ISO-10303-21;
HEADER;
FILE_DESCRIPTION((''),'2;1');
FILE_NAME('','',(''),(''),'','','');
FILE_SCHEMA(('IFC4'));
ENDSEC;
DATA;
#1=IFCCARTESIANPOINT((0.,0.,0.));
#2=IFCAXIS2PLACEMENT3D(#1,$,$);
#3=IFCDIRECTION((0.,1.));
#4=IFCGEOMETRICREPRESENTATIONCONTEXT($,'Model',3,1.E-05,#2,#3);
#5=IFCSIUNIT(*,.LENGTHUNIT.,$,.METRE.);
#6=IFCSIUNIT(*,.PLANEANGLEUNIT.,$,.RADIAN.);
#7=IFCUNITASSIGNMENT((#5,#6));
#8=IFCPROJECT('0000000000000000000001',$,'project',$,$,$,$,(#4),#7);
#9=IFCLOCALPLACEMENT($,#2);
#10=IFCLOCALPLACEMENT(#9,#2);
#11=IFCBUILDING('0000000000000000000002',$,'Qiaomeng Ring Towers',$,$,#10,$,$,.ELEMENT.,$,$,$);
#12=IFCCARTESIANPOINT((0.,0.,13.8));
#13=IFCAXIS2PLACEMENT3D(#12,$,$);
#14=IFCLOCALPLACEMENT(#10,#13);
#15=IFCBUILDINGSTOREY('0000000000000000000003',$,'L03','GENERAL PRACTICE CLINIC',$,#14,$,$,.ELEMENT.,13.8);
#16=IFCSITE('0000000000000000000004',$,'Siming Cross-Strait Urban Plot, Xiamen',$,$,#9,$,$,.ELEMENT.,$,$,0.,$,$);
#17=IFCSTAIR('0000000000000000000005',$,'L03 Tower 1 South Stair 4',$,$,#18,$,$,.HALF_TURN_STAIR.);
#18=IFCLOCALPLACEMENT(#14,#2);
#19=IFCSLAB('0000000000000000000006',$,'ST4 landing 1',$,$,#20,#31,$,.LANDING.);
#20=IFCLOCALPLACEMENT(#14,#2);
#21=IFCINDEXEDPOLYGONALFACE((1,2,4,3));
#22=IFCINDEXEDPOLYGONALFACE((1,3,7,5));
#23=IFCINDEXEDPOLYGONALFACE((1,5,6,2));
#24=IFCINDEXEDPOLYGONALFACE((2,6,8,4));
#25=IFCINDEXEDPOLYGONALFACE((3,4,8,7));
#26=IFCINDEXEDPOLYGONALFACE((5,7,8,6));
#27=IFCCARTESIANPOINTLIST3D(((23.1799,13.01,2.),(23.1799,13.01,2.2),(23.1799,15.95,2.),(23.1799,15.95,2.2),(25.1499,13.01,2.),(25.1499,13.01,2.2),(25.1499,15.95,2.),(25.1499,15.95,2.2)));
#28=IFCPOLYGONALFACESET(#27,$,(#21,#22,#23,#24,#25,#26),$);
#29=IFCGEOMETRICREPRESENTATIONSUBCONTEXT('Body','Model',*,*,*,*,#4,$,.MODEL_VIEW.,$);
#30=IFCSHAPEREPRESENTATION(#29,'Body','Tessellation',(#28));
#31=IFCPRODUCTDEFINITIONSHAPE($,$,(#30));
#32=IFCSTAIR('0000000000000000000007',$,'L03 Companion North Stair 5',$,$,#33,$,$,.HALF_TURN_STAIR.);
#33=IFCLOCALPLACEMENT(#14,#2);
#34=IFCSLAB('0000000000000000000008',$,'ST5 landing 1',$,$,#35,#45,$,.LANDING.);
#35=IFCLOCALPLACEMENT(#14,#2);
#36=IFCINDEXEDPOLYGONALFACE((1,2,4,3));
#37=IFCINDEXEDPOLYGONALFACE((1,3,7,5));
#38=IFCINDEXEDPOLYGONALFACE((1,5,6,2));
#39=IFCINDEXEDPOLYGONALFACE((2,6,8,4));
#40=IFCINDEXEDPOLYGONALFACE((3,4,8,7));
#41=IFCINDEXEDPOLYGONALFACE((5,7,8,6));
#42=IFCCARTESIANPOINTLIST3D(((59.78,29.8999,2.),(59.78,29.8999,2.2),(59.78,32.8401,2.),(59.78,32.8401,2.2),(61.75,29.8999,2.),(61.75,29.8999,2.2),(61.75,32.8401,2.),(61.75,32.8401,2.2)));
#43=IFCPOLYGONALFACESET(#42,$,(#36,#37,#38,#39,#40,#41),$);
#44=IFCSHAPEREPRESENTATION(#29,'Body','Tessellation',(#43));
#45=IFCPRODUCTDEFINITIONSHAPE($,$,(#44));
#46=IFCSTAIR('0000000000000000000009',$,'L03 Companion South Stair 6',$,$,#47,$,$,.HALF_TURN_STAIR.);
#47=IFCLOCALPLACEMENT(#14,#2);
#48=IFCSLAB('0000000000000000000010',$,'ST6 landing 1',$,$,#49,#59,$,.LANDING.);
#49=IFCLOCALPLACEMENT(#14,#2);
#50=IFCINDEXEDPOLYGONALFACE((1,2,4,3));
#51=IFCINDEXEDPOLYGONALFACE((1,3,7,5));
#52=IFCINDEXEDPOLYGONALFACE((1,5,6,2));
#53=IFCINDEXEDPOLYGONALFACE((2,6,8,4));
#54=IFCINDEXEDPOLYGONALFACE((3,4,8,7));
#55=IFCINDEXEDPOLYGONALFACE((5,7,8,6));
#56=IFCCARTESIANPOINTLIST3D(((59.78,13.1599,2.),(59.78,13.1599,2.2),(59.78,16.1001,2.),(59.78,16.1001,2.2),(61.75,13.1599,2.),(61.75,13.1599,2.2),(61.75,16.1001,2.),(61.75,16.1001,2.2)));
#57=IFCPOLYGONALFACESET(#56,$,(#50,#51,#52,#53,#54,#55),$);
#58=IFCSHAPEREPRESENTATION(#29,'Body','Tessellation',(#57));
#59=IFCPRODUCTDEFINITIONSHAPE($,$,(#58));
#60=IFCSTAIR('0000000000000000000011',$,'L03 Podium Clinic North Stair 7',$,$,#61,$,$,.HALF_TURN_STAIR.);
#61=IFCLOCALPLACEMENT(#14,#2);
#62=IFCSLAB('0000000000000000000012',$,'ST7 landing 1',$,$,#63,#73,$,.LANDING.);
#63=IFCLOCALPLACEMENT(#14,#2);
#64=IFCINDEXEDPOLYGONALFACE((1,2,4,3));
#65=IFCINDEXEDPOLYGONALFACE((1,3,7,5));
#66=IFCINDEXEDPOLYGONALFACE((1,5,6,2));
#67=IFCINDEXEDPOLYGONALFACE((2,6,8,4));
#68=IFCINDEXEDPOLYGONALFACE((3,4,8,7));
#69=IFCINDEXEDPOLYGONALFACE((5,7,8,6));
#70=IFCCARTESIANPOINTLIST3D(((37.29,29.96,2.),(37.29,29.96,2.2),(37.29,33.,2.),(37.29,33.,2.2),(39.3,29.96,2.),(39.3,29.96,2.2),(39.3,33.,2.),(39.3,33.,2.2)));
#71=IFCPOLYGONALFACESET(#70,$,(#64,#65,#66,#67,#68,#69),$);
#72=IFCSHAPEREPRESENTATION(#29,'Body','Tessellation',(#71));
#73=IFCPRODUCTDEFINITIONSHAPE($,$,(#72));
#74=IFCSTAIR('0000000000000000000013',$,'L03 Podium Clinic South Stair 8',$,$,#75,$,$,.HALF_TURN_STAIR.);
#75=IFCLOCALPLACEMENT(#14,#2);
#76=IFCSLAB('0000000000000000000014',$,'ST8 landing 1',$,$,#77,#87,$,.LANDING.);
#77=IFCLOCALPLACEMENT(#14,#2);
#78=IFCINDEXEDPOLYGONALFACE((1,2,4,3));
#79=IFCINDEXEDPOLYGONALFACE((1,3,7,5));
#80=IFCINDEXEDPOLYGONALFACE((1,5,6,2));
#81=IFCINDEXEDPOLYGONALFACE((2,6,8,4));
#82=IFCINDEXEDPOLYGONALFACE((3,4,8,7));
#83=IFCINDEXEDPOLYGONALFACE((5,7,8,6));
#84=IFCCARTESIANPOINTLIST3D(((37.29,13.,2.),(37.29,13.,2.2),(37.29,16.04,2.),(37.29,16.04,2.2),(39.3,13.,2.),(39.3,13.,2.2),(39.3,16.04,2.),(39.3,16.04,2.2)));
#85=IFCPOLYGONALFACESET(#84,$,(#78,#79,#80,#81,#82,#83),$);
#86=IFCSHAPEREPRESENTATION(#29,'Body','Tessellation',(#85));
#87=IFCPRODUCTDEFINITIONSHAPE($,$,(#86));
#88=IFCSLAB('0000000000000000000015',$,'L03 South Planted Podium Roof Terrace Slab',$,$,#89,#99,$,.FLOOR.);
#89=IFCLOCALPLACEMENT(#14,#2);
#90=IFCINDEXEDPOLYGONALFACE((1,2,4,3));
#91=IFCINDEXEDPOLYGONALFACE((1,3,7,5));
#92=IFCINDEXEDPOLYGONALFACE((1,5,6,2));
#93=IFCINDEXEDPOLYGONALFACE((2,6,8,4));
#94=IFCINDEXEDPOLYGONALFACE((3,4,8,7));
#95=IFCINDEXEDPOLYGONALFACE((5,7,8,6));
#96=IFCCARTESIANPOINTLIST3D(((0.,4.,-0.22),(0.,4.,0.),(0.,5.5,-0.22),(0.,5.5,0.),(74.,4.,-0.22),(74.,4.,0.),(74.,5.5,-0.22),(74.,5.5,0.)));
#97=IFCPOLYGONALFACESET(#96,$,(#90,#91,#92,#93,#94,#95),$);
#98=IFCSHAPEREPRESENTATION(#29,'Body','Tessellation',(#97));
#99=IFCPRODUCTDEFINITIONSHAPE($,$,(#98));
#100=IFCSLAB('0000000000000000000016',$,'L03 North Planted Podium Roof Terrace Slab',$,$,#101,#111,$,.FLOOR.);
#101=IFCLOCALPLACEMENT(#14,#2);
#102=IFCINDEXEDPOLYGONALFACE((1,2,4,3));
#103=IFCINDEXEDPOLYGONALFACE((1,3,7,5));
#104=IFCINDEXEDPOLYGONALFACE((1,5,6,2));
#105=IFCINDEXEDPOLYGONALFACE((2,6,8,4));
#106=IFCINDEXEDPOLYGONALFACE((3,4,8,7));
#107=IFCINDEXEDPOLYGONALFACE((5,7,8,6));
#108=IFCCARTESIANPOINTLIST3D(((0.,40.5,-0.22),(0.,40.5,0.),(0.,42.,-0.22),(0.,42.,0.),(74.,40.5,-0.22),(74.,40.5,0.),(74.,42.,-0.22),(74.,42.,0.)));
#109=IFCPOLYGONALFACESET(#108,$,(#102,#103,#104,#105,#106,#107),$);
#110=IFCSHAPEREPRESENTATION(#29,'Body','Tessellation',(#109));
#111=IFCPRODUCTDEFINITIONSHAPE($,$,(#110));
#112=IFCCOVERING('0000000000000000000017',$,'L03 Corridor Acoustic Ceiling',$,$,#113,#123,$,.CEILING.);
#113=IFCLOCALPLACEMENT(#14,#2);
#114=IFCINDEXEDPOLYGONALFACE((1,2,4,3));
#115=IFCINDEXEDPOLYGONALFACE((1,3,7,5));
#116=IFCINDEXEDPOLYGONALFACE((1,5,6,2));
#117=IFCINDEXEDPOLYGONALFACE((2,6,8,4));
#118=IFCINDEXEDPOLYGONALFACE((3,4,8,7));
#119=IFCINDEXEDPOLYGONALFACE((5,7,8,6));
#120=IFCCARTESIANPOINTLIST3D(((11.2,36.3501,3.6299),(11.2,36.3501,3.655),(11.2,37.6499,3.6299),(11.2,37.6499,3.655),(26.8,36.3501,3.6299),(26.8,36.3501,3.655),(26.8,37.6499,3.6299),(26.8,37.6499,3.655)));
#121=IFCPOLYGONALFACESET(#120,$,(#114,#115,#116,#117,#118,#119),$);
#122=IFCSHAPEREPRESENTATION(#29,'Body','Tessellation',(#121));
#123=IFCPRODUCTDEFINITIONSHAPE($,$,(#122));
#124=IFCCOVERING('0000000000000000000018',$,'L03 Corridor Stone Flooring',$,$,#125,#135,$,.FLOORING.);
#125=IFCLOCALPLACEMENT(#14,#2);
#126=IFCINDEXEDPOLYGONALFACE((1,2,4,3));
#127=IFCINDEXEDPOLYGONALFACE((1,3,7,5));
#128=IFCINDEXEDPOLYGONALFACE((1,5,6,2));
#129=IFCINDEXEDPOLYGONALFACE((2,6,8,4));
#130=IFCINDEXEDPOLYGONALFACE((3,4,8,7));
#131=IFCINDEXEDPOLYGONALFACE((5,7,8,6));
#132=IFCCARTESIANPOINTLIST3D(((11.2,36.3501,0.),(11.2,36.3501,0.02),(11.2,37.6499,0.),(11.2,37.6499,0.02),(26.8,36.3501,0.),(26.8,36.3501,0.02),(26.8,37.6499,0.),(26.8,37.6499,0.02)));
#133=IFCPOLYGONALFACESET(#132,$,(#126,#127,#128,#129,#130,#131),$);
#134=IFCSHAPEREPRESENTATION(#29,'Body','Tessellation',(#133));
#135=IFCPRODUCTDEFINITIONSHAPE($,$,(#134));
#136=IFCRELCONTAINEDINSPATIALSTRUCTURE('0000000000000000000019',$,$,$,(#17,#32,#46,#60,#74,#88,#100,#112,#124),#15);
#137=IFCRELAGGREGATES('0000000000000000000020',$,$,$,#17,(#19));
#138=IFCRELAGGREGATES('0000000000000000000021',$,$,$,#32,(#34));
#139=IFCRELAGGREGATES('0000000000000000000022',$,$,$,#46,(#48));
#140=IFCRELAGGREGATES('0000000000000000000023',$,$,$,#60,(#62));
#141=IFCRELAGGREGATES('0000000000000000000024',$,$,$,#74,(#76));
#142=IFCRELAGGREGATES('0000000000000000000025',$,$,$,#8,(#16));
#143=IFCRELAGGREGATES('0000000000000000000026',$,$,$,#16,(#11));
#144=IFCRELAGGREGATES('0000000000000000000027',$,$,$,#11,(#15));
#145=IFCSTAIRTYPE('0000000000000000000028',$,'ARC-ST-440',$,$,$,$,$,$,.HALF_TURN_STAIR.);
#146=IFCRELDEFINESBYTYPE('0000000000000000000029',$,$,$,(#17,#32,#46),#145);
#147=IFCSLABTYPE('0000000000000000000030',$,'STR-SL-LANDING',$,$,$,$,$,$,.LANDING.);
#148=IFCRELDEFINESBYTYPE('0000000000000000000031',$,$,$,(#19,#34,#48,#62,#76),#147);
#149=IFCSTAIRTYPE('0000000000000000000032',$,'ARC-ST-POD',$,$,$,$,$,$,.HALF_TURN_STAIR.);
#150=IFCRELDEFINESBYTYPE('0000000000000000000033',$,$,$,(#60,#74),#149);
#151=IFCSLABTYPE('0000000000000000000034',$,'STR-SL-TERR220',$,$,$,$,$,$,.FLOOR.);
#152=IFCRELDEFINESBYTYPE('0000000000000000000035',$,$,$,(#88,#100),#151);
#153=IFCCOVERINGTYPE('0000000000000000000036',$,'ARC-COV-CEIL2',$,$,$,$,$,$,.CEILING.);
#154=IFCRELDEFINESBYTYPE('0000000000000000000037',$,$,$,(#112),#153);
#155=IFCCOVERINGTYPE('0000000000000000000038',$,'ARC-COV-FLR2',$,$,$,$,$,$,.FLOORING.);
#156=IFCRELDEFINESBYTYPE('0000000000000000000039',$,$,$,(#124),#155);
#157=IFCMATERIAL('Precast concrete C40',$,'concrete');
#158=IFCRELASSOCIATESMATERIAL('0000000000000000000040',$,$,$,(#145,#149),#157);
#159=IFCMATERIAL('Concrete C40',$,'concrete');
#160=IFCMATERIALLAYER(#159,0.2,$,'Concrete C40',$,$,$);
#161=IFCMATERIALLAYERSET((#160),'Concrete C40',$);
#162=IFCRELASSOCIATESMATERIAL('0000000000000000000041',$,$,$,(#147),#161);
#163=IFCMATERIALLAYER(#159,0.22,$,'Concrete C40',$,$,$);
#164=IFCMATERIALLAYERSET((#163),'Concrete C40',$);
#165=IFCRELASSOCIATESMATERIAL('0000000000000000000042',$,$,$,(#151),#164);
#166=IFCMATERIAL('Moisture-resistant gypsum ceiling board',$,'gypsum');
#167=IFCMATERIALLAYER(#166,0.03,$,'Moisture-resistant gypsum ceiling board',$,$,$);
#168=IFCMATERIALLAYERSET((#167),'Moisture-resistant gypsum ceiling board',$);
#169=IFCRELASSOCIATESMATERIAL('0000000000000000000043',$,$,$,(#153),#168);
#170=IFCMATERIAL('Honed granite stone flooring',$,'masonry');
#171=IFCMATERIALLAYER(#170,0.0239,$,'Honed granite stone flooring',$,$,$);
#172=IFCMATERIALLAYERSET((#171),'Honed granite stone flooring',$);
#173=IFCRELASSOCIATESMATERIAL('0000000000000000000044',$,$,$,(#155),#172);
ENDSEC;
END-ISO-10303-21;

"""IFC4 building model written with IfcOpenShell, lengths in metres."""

from ifc_helpers import new_model, si_unit, direction, frame, origin, place, context, subcontext, project, spatial, polyline, outline, extrude, material, layer, layer_set, type_object, element, aggregate, save


model = new_model("IFC4")

# Units and contexts
model_context = context("Model", 3, precision=1e-05, world=origin(), true_north=direction((0.0, 1.0)))
body_context = subcontext(model_context, "Body", "Model", "MODEL_VIEW")
ifc_project = project(units=[si_unit("LENGTHUNIT", "METRE"), si_unit("PLANEANGLEUNIT", "RADIAN")], contexts=[model_context])

# Site, building, storey
site_placement = place(None, origin())
site = spatial("IfcSite", under=ifc_project, at=site_placement, Name="Siming Cross-Strait Urban Plot, Xiamen", CompositionType="ELEMENT", RefElevation=0.0)
building_placement = place(site_placement, origin())
building = spatial("IfcBuilding", under=site, at=building_placement, Name="Qiaomeng Ring Towers", CompositionType="ELEMENT")
storey_placement = place(building_placement, frame((0.0, 0.0, 13.8)))
storey = spatial("IfcBuildingStorey", under=building, at=storey_placement, Name="L03", Description="GENERAL PRACTICE CLINIC", CompositionType="ELEMENT", Elevation=13.8)

# Shared definitions
ifc_material_1 = material(Name="Concrete C40", Category="concrete")

# Stairs, slabs
ifc_material_2 = material(Name="Precast concrete C40", Category="concrete")
stair_type_1 = type_object("IfcStairType", Name="ARC-ST-440", PredefinedType="HALF_TURN_STAIR", material=ifc_material_2)
ifc_layer_1 = layer(ifc_material_1, 0.2, Name="Concrete C40")
ifc_layer_set_1 = layer_set([ifc_layer_1], Name="Concrete C40")
slab_type_1 = type_object("IfcSlabType", Name="STR-SL-LANDING", PredefinedType="LANDING", material=ifc_layer_set_1)
stair_1_placement = place(storey_placement, origin())
stair_1 = element("IfcStair", 1, at=stair_1_placement, inside=storey, type_object=stair_type_1, Name="L03 Tower 1 South Stair 4", PredefinedType="HALF_TURN_STAIR")
slab_1_placement = place(storey_placement, frame((0.0, 0.0, 2.0)))
slab_1 = element("IfcSlab", 2, at=slab_1_placement, type_object=slab_type_1, Name="ST4 landing 1", PredefinedType="LANDING", context=body_context, shape_type="SweptSolid", body=[
    extrude(outline(polyline([(23.1799, 13.01), (25.1499, 13.01), (25.1499, 15.95), (23.1799, 15.95), (23.1799, 13.01)])), origin(), (0.0, 0.0, 1.0), 0.2),
])
aggregate(stair_1, [slab_1])
stair_2_placement = place(storey_placement, origin())
stair_2 = element("IfcStair", 3, at=stair_2_placement, inside=storey, type_object=stair_type_1, Name="L03 Companion North Stair 5", PredefinedType="HALF_TURN_STAIR")
slab_2_placement = place(storey_placement, frame((0.0, 0.0, 2.0)))
slab_2 = element("IfcSlab", 4, at=slab_2_placement, type_object=slab_type_1, Name="ST5 landing 1", PredefinedType="LANDING", context=body_context, shape_type="SweptSolid", body=[
    extrude(outline(polyline([(59.78, 29.8999), (61.75, 29.8999), (61.75, 32.8401), (59.78, 32.8401), (59.78, 29.8999)])), origin(), (0.0, 0.0, 1.0), 0.2),
])
aggregate(stair_2, [slab_2])
stair_3_placement = place(storey_placement, origin())
stair_3 = element("IfcStair", 5, at=stair_3_placement, inside=storey, type_object=stair_type_1, Name="L03 Companion South Stair 6", PredefinedType="HALF_TURN_STAIR")
slab_3_placement = place(storey_placement, frame((0.0, 0.0, 2.0)))
slab_3 = element("IfcSlab", 6, at=slab_3_placement, type_object=slab_type_1, Name="ST6 landing 1", PredefinedType="LANDING", context=body_context, shape_type="SweptSolid", body=[
    extrude(outline(polyline([(59.78, 13.1599), (61.75, 13.1599), (61.75, 16.1001), (59.78, 16.1001), (59.78, 13.1599)])), origin(), (0.0, 0.0, 1.0), 0.2),
])
aggregate(stair_3, [slab_3])
stair_type_2 = type_object("IfcStairType", Name="ARC-ST-POD", PredefinedType="HALF_TURN_STAIR", material=ifc_material_2)
stair_4_placement = place(storey_placement, origin())
stair_4 = element("IfcStair", 7, at=stair_4_placement, inside=storey, type_object=stair_type_2, Name="L03 Podium Clinic North Stair 7", PredefinedType="HALF_TURN_STAIR")
slab_4_placement = place(storey_placement, frame((0.0, 0.0, 2.0)))
slab_4 = element("IfcSlab", 8, at=slab_4_placement, type_object=slab_type_1, Name="ST7 landing 1", PredefinedType="LANDING", context=body_context, shape_type="SweptSolid", body=[
    extrude(outline(polyline([(37.29, 29.96), (39.3, 29.96), (39.3, 33.0), (37.29, 33.0), (37.29, 29.96)])), origin(), (0.0, 0.0, 1.0), 0.2),
])
aggregate(stair_4, [slab_4])
stair_5_placement = place(storey_placement, origin())
stair_5 = element("IfcStair", 9, at=stair_5_placement, inside=storey, type_object=stair_type_2, Name="L03 Podium Clinic South Stair 8", PredefinedType="HALF_TURN_STAIR")
slab_5_placement = place(storey_placement, frame((0.0, 0.0, 2.0)))
slab_5 = element("IfcSlab", 10, at=slab_5_placement, type_object=slab_type_1, Name="ST8 landing 1", PredefinedType="LANDING", context=body_context, shape_type="SweptSolid", body=[
    extrude(outline(polyline([(37.29, 13.0), (39.3, 13.0), (39.3, 16.04), (37.29, 16.04), (37.29, 13.0)])), origin(), (0.0, 0.0, 1.0), 0.2),
])
aggregate(stair_5, [slab_5])

# Slabs
ifc_layer_2 = layer(ifc_material_1, 0.22, Name="Concrete C40")
ifc_layer_set_2 = layer_set([ifc_layer_2], Name="Concrete C40")
slab_type_2 = type_object("IfcSlabType", Name="STR-SL-TERR220", PredefinedType="FLOOR", material=ifc_layer_set_2)
slab_6_placement = place(storey_placement, frame((0.0, 0.0, -0.22)))
element("IfcSlab", 11, at=slab_6_placement, inside=storey, type_object=slab_type_2, Name="L03 South Planted Podium Roof Terrace Slab", PredefinedType="FLOOR", context=body_context, shape_type="SweptSolid", body=[
    extrude(outline(polyline([(0.0, 4.0), (74.0, 4.0), (74.0, 5.5), (0.0, 5.5), (0.0, 4.0)])), origin(), (0.0, 0.0, 1.0), 0.22),
])
slab_7_placement = place(storey_placement, frame((0.0, 0.0, -0.22)))
element("IfcSlab", 12, at=slab_7_placement, inside=storey, type_object=slab_type_2, Name="L03 North Planted Podium Roof Terrace Slab", PredefinedType="FLOOR", context=body_context, shape_type="SweptSolid", body=[
    extrude(outline(polyline([(0.0, 40.5), (74.0, 40.5), (74.0, 42.0), (0.0, 42.0), (0.0, 40.5)])), origin(), (0.0, 0.0, 1.0), 0.22),
])

# Coverings
ifc_material_3 = material(Name="Moisture-resistant gypsum ceiling board", Category="gypsum")
ifc_layer_3 = layer(ifc_material_3, 0.03, Name="Moisture-resistant gypsum ceiling board")
ifc_layer_set_3 = layer_set([ifc_layer_3], Name="Moisture-resistant gypsum ceiling board")
covering_type_1 = type_object("IfcCoveringType", Name="ARC-COV-CEIL2", PredefinedType="CEILING", material=ifc_layer_set_3)
covering_1_placement = place(storey_placement, frame((0.0, 0.0, 3.6299)))
element("IfcCovering", 13, at=covering_1_placement, inside=storey, type_object=covering_type_1, Name="L03 Corridor Acoustic Ceiling", PredefinedType="CEILING", context=body_context, shape_type="SweptSolid", body=[
    extrude(outline(polyline([(11.2, 36.3501), (11.2, 37.6499), (26.8, 37.6499), (26.8, 36.3501), (11.2, 36.3501)])), origin(), (0.0, 0.0, 1.0), 0.0251),
])
ifc_material_4 = material(Name="Honed granite stone flooring", Category="masonry")
ifc_layer_4 = layer(ifc_material_4, 0.0239, Name="Honed granite stone flooring")
ifc_layer_set_4 = layer_set([ifc_layer_4], Name="Honed granite stone flooring")
covering_type_2 = type_object("IfcCoveringType", Name="ARC-COV-FLR2", PredefinedType="FLOORING", material=ifc_layer_set_4)
covering_2_placement = place(storey_placement, origin())
element("IfcCovering", 14, at=covering_2_placement, inside=storey, type_object=covering_type_2, Name="L03 Corridor Stone Flooring", PredefinedType="FLOORING", context=body_context, shape_type="SweptSolid", body=[
    extrude(outline(polyline([(11.2, 36.3501), (11.2, 37.6499), (26.8, 37.6499), (26.8, 36.3501), (11.2, 36.3501)])), origin(), (0.0, 0.0, 1.0), 0.02),
])

save(model, "model.ifc")
